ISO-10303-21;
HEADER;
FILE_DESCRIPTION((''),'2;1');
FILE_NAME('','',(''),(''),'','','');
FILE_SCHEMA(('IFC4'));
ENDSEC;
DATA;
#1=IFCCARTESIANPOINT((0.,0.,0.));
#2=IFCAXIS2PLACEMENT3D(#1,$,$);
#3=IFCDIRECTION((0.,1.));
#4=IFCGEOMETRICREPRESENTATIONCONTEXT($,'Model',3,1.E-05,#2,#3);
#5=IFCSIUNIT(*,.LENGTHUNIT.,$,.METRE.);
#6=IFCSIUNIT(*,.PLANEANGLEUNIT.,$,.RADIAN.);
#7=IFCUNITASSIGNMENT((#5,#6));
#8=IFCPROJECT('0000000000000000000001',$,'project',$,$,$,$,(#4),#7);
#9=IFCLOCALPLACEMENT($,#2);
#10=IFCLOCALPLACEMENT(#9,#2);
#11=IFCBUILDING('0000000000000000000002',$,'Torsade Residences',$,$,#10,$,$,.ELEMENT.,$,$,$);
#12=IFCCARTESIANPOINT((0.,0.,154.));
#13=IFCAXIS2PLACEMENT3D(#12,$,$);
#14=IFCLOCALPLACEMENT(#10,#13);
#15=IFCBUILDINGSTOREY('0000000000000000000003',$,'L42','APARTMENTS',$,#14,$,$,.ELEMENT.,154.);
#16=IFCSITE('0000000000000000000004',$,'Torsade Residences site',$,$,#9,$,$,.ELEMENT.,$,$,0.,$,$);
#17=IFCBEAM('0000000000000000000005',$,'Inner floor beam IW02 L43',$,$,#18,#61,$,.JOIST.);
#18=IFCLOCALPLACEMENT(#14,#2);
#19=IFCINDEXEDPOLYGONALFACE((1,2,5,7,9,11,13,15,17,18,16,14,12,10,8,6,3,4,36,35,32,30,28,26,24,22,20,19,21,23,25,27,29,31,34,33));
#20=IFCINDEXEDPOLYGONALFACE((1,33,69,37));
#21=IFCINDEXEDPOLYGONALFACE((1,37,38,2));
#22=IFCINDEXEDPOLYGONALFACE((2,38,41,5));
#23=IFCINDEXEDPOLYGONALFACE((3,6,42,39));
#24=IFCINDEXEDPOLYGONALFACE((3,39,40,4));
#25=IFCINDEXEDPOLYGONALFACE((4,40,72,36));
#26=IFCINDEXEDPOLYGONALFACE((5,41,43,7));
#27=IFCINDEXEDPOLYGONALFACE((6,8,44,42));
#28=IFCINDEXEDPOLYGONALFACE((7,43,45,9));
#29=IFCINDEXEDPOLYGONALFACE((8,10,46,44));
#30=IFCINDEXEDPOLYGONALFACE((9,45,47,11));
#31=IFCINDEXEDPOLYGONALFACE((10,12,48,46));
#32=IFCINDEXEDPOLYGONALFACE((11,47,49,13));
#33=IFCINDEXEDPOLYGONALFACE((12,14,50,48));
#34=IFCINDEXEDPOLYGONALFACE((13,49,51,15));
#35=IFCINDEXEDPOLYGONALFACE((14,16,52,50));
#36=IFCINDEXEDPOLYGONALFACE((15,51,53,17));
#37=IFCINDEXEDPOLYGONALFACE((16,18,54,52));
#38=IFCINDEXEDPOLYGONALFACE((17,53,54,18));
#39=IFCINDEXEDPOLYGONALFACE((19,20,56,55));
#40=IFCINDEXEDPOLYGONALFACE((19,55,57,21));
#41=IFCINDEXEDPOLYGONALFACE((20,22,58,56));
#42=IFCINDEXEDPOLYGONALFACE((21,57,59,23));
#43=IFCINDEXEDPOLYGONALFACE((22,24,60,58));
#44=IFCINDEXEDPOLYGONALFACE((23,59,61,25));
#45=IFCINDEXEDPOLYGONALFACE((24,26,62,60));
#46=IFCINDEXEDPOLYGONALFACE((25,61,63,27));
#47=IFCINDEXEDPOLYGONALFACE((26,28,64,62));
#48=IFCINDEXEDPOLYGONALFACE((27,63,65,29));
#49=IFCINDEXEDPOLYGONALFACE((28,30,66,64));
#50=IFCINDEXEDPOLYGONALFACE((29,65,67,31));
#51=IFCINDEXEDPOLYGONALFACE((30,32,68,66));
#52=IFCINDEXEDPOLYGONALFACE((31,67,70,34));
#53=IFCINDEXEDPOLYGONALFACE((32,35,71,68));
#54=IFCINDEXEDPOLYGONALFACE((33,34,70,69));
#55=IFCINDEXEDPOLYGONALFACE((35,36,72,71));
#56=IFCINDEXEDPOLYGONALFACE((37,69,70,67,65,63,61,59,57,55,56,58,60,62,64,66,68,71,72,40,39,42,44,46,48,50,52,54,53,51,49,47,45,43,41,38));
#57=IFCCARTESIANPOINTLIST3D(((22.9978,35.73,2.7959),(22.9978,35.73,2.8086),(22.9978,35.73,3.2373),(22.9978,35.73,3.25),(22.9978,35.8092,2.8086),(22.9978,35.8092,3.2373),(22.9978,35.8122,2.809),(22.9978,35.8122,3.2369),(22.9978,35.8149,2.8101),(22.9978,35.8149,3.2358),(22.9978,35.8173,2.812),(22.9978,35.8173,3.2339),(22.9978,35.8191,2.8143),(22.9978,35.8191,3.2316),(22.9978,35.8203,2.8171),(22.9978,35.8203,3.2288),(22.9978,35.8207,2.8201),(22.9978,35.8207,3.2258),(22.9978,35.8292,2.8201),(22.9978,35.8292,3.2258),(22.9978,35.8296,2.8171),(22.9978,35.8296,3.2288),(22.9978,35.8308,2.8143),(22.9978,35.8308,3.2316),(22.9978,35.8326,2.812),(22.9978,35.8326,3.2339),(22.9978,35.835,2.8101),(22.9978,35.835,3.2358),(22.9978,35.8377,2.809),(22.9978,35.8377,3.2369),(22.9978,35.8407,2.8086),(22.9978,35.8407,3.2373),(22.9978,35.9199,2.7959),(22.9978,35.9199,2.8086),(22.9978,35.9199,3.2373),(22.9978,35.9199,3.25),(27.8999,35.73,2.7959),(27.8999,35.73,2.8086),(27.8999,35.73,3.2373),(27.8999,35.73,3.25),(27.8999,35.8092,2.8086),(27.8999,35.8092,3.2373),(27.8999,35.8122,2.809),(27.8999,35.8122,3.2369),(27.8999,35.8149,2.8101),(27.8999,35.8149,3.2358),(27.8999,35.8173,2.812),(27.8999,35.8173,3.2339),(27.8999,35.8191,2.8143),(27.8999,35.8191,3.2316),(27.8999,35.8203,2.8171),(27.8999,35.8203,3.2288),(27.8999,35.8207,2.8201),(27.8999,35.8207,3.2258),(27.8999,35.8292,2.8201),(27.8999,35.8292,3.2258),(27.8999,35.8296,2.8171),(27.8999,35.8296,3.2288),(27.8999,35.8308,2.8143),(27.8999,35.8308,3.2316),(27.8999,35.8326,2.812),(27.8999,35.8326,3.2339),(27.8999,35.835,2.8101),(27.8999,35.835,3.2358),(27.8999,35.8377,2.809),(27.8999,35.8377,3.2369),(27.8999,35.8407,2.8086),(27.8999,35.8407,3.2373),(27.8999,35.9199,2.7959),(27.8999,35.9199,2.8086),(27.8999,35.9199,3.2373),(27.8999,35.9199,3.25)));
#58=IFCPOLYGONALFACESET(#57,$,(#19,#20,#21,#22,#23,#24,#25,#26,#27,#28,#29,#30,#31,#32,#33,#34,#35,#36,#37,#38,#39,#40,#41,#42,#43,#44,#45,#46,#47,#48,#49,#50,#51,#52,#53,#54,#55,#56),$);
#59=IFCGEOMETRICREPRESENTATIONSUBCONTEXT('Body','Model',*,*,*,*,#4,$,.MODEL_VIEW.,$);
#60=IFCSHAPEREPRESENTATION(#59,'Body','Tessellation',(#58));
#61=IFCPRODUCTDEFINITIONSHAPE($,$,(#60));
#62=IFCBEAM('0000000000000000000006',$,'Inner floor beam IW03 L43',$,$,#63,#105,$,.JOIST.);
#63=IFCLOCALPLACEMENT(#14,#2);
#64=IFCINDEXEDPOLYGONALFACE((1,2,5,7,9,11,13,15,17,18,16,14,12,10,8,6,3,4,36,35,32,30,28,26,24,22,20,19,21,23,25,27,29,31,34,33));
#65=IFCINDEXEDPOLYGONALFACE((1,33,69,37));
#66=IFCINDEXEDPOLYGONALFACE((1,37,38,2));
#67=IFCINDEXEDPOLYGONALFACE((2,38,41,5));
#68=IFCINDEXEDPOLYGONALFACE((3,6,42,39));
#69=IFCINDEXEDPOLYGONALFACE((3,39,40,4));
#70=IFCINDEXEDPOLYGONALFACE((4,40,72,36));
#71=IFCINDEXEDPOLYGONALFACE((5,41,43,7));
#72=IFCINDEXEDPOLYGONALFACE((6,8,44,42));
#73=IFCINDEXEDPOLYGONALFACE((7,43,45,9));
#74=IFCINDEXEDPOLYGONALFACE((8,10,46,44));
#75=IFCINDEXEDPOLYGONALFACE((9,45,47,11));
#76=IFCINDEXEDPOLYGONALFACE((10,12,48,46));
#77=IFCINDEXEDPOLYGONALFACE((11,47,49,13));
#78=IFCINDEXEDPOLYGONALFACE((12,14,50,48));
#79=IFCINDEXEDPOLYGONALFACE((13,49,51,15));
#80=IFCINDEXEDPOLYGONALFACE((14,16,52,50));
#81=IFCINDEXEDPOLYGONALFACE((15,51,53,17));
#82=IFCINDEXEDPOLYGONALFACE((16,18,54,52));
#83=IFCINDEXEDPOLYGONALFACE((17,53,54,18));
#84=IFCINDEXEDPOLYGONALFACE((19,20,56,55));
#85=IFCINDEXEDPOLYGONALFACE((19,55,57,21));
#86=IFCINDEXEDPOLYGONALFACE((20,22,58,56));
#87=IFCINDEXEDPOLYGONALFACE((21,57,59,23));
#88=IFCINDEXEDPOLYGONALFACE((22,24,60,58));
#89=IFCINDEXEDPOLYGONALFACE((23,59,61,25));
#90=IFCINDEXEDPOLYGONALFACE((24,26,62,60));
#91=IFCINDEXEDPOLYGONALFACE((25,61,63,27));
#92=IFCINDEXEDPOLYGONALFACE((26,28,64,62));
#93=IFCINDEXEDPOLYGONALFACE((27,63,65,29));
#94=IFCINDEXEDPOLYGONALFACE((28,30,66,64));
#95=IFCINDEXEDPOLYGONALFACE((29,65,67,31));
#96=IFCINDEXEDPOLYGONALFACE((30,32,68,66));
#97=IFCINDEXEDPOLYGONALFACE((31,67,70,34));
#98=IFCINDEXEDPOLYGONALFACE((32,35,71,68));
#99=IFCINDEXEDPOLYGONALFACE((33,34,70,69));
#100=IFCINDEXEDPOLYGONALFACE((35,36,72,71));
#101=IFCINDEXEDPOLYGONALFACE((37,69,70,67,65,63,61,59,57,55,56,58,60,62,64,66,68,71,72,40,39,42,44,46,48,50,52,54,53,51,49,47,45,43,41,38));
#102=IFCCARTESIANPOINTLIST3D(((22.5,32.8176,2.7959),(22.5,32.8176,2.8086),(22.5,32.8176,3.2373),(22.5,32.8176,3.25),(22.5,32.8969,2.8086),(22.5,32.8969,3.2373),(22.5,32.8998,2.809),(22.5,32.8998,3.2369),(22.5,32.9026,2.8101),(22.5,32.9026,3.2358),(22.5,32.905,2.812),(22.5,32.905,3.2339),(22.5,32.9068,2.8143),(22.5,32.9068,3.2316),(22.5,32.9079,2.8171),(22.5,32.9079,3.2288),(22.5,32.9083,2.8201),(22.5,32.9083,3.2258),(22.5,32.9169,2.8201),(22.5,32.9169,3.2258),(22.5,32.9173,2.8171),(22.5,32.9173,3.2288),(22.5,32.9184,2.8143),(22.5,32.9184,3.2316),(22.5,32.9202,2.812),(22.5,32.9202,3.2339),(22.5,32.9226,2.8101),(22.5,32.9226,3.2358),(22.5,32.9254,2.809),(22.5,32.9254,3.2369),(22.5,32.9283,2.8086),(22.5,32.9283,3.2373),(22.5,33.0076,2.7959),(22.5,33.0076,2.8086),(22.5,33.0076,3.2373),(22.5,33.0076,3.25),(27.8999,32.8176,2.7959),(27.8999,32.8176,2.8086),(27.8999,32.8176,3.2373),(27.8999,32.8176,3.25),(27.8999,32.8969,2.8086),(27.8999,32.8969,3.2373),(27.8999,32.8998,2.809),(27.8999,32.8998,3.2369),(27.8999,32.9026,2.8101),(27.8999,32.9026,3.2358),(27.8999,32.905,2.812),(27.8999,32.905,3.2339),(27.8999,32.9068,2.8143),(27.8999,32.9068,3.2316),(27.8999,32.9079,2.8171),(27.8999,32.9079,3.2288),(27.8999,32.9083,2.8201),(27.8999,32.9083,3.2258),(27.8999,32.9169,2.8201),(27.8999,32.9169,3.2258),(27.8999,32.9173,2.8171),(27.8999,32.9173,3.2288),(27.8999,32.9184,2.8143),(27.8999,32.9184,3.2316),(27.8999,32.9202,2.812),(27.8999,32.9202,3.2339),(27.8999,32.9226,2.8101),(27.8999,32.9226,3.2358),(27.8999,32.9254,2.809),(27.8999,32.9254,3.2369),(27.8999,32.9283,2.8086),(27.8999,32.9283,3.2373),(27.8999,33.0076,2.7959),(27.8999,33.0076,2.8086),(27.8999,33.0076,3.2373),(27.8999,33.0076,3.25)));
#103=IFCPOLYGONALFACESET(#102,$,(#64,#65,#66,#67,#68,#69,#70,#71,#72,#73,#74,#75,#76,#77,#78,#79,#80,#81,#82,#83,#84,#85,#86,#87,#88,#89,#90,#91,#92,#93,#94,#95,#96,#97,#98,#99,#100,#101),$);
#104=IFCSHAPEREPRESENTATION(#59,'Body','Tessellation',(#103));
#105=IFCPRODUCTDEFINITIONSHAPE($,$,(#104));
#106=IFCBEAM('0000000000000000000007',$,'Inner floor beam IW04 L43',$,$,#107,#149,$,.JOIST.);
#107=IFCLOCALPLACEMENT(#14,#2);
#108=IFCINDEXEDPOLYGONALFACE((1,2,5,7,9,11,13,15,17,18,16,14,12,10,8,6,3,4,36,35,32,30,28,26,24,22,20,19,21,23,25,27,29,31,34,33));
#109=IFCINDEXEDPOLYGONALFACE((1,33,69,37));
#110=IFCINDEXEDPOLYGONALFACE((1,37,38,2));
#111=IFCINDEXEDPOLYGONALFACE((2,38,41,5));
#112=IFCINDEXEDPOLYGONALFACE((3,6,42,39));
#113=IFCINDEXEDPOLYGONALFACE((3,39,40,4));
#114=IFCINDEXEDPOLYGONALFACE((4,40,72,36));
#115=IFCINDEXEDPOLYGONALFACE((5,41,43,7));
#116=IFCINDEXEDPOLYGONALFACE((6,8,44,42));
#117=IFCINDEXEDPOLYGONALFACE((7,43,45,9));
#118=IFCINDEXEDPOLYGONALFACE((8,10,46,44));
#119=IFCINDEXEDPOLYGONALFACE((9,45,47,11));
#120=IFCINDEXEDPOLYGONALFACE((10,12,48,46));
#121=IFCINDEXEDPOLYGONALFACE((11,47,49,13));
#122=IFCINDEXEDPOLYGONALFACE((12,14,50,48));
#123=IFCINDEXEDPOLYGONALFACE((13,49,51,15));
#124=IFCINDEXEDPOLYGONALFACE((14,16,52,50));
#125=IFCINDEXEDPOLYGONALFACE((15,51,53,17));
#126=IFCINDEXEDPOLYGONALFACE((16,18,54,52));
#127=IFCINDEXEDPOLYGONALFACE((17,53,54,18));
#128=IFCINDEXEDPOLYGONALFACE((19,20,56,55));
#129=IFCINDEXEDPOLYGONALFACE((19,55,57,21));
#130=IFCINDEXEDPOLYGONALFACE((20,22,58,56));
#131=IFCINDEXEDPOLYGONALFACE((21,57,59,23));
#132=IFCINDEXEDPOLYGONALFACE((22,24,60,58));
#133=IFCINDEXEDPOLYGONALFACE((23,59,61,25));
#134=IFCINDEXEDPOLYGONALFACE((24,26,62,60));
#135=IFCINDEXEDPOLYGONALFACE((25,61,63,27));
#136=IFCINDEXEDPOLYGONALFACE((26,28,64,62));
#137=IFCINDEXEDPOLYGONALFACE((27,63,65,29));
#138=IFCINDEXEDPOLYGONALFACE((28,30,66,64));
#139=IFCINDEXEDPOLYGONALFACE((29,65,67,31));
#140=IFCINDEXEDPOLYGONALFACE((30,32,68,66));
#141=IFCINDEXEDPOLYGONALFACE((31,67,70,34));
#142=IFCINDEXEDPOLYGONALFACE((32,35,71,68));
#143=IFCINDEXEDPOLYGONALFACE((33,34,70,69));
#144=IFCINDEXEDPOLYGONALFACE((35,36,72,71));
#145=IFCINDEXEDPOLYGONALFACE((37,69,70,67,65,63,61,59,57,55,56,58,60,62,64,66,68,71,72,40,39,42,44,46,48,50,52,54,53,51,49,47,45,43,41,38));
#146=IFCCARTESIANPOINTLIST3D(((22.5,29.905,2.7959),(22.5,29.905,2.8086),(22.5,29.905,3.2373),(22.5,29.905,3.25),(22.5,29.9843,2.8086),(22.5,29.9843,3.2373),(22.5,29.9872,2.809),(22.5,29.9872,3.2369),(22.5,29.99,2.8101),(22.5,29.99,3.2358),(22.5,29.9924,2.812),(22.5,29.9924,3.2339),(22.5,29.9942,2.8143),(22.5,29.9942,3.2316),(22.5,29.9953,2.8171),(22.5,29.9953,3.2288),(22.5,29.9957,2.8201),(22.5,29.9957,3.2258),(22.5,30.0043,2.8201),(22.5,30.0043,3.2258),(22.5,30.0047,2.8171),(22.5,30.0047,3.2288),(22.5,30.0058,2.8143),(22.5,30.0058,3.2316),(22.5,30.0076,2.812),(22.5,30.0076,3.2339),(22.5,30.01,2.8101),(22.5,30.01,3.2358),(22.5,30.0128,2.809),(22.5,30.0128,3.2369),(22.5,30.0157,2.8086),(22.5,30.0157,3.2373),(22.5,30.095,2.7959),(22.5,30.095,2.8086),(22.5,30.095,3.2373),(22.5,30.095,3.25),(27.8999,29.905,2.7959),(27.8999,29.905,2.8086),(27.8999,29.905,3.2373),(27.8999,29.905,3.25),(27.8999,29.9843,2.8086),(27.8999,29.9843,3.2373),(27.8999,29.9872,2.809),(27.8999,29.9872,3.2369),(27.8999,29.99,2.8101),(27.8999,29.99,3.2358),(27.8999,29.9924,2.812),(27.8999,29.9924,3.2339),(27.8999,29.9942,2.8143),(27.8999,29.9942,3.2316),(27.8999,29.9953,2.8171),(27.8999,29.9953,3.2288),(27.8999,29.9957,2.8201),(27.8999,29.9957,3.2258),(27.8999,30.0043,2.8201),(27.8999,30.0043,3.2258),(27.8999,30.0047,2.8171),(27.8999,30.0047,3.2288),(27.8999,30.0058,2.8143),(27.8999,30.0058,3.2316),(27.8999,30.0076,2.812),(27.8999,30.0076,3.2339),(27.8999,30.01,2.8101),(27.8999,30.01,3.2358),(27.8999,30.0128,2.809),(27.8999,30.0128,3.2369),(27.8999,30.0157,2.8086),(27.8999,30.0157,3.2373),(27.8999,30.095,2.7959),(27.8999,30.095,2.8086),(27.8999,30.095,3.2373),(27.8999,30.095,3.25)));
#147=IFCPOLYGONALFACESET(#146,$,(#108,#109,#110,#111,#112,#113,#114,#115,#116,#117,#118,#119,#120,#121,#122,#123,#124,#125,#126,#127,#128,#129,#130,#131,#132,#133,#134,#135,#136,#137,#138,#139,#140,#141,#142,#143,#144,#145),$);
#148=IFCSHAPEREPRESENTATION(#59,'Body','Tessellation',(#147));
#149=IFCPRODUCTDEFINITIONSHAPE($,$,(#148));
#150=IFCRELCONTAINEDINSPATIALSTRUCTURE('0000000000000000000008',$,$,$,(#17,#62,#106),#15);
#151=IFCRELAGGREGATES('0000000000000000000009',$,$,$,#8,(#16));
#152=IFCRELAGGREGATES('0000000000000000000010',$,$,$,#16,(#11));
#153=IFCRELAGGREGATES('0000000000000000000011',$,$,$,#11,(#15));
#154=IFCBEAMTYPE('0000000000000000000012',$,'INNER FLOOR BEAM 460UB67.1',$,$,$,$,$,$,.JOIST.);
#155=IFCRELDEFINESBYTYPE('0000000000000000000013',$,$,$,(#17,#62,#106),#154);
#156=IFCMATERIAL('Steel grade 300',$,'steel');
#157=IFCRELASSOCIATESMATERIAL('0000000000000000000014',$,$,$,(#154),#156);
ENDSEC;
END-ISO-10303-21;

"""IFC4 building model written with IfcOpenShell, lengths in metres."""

from ifc_helpers import new_model, si_unit, direction, frame, origin, origin_2d, place, context, subcontext, project, spatial, i_section, extrude, material, material_profile, profile_set, type_object, element, save


model = new_model("IFC4")

# Units and contexts
model_context = context("Model", 3, precision=1e-05, world=origin(), true_north=direction((0.0, 1.0)))
body_context = subcontext(model_context, "Body", "Model", "MODEL_VIEW")
ifc_project = project(units=[si_unit("LENGTHUNIT", "METRE"), si_unit("PLANEANGLEUNIT", "RADIAN")], contexts=[model_context])

# Site, building, storey
site_placement = place(None, origin())
site = spatial("IfcSite", under=ifc_project, at=site_placement, Name="Torsade Residences site", CompositionType="ELEMENT", RefElevation=0.0)
building_placement = place(site_placement, origin())
building = spatial("IfcBuilding", under=site, at=building_placement, Name="Torsade Residences", CompositionType="ELEMENT")
storey_placement = place(building_placement, frame((0.0, 0.0, 154.0)))
storey = spatial("IfcBuildingStorey", under=building, at=storey_placement, Name="L42", Description="APARTMENTS", CompositionType="ELEMENT", Elevation=154.0)

# Beams
ifc_material_1 = material(Name="Steel grade 300", Category="steel")
ifc_material_profile = material_profile(ifc_material_1, i_section(OverallWidth=0.1899, OverallDepth=0.4541, WebThickness=0.0085, FlangeThickness=0.0127, FilletRadius=0.0115, at=origin_2d()), Name="460UB67.1")
ifc_profile_set = profile_set([ifc_material_profile], Name="Steel grade 300")
beam_type = type_object("IfcBeamType", Name="INNER FLOOR BEAM 460UB67.1", PredefinedType="JOIST", material=ifc_profile_set)
beam_placement = place(storey_placement, frame((27.8999, 35.825, 3.0229), z_axis=(-1.0, 0.0, 0.0), x_axis=(0.0, -1.0, 0.0)))
element("IfcBeam", 1, at=beam_placement, inside=storey, type_object=beam_type, Name="Inner floor beam IW02 L43", PredefinedType="JOIST", context=body_context, shape_type="SweptSolid", body=[
    extrude(i_section(OverallWidth=0.1899, OverallDepth=0.4541, WebThickness=0.0085, FlangeThickness=0.0127, FilletRadius=0.0115, at=origin_2d()), origin(), (0.0, 0.0, 1.0), 4.9021),
])
for number, where, z_axis, x_axis, name in (
    (2, (27.8999, 32.9126, 3.0229), (-1.0, 0.0, 0.0), (0.0, -1.0, 0.0), "Inner floor beam IW03 L43"),
    (3, (27.8999, 30.0, 3.0229), (-1.0, 0.0, 0.0), (0.0, -1.0, 0.0), "Inner floor beam IW04 L43"),
):
    element("IfcBeam", number, at=place(storey_placement, frame(where, z_axis=z_axis, x_axis=x_axis)), inside=storey, type_object=beam_type, Name=name, PredefinedType="JOIST", context=body_context, shape_type="SweptSolid", body=[
        extrude(i_section(OverallWidth=0.1899, OverallDepth=0.4541, WebThickness=0.0085, FlangeThickness=0.0127, FilletRadius=0.0115, at=origin_2d()), origin(), (0.0, 0.0, 1.0), 5.3999),
    ])

save(model, "model.ifc")
